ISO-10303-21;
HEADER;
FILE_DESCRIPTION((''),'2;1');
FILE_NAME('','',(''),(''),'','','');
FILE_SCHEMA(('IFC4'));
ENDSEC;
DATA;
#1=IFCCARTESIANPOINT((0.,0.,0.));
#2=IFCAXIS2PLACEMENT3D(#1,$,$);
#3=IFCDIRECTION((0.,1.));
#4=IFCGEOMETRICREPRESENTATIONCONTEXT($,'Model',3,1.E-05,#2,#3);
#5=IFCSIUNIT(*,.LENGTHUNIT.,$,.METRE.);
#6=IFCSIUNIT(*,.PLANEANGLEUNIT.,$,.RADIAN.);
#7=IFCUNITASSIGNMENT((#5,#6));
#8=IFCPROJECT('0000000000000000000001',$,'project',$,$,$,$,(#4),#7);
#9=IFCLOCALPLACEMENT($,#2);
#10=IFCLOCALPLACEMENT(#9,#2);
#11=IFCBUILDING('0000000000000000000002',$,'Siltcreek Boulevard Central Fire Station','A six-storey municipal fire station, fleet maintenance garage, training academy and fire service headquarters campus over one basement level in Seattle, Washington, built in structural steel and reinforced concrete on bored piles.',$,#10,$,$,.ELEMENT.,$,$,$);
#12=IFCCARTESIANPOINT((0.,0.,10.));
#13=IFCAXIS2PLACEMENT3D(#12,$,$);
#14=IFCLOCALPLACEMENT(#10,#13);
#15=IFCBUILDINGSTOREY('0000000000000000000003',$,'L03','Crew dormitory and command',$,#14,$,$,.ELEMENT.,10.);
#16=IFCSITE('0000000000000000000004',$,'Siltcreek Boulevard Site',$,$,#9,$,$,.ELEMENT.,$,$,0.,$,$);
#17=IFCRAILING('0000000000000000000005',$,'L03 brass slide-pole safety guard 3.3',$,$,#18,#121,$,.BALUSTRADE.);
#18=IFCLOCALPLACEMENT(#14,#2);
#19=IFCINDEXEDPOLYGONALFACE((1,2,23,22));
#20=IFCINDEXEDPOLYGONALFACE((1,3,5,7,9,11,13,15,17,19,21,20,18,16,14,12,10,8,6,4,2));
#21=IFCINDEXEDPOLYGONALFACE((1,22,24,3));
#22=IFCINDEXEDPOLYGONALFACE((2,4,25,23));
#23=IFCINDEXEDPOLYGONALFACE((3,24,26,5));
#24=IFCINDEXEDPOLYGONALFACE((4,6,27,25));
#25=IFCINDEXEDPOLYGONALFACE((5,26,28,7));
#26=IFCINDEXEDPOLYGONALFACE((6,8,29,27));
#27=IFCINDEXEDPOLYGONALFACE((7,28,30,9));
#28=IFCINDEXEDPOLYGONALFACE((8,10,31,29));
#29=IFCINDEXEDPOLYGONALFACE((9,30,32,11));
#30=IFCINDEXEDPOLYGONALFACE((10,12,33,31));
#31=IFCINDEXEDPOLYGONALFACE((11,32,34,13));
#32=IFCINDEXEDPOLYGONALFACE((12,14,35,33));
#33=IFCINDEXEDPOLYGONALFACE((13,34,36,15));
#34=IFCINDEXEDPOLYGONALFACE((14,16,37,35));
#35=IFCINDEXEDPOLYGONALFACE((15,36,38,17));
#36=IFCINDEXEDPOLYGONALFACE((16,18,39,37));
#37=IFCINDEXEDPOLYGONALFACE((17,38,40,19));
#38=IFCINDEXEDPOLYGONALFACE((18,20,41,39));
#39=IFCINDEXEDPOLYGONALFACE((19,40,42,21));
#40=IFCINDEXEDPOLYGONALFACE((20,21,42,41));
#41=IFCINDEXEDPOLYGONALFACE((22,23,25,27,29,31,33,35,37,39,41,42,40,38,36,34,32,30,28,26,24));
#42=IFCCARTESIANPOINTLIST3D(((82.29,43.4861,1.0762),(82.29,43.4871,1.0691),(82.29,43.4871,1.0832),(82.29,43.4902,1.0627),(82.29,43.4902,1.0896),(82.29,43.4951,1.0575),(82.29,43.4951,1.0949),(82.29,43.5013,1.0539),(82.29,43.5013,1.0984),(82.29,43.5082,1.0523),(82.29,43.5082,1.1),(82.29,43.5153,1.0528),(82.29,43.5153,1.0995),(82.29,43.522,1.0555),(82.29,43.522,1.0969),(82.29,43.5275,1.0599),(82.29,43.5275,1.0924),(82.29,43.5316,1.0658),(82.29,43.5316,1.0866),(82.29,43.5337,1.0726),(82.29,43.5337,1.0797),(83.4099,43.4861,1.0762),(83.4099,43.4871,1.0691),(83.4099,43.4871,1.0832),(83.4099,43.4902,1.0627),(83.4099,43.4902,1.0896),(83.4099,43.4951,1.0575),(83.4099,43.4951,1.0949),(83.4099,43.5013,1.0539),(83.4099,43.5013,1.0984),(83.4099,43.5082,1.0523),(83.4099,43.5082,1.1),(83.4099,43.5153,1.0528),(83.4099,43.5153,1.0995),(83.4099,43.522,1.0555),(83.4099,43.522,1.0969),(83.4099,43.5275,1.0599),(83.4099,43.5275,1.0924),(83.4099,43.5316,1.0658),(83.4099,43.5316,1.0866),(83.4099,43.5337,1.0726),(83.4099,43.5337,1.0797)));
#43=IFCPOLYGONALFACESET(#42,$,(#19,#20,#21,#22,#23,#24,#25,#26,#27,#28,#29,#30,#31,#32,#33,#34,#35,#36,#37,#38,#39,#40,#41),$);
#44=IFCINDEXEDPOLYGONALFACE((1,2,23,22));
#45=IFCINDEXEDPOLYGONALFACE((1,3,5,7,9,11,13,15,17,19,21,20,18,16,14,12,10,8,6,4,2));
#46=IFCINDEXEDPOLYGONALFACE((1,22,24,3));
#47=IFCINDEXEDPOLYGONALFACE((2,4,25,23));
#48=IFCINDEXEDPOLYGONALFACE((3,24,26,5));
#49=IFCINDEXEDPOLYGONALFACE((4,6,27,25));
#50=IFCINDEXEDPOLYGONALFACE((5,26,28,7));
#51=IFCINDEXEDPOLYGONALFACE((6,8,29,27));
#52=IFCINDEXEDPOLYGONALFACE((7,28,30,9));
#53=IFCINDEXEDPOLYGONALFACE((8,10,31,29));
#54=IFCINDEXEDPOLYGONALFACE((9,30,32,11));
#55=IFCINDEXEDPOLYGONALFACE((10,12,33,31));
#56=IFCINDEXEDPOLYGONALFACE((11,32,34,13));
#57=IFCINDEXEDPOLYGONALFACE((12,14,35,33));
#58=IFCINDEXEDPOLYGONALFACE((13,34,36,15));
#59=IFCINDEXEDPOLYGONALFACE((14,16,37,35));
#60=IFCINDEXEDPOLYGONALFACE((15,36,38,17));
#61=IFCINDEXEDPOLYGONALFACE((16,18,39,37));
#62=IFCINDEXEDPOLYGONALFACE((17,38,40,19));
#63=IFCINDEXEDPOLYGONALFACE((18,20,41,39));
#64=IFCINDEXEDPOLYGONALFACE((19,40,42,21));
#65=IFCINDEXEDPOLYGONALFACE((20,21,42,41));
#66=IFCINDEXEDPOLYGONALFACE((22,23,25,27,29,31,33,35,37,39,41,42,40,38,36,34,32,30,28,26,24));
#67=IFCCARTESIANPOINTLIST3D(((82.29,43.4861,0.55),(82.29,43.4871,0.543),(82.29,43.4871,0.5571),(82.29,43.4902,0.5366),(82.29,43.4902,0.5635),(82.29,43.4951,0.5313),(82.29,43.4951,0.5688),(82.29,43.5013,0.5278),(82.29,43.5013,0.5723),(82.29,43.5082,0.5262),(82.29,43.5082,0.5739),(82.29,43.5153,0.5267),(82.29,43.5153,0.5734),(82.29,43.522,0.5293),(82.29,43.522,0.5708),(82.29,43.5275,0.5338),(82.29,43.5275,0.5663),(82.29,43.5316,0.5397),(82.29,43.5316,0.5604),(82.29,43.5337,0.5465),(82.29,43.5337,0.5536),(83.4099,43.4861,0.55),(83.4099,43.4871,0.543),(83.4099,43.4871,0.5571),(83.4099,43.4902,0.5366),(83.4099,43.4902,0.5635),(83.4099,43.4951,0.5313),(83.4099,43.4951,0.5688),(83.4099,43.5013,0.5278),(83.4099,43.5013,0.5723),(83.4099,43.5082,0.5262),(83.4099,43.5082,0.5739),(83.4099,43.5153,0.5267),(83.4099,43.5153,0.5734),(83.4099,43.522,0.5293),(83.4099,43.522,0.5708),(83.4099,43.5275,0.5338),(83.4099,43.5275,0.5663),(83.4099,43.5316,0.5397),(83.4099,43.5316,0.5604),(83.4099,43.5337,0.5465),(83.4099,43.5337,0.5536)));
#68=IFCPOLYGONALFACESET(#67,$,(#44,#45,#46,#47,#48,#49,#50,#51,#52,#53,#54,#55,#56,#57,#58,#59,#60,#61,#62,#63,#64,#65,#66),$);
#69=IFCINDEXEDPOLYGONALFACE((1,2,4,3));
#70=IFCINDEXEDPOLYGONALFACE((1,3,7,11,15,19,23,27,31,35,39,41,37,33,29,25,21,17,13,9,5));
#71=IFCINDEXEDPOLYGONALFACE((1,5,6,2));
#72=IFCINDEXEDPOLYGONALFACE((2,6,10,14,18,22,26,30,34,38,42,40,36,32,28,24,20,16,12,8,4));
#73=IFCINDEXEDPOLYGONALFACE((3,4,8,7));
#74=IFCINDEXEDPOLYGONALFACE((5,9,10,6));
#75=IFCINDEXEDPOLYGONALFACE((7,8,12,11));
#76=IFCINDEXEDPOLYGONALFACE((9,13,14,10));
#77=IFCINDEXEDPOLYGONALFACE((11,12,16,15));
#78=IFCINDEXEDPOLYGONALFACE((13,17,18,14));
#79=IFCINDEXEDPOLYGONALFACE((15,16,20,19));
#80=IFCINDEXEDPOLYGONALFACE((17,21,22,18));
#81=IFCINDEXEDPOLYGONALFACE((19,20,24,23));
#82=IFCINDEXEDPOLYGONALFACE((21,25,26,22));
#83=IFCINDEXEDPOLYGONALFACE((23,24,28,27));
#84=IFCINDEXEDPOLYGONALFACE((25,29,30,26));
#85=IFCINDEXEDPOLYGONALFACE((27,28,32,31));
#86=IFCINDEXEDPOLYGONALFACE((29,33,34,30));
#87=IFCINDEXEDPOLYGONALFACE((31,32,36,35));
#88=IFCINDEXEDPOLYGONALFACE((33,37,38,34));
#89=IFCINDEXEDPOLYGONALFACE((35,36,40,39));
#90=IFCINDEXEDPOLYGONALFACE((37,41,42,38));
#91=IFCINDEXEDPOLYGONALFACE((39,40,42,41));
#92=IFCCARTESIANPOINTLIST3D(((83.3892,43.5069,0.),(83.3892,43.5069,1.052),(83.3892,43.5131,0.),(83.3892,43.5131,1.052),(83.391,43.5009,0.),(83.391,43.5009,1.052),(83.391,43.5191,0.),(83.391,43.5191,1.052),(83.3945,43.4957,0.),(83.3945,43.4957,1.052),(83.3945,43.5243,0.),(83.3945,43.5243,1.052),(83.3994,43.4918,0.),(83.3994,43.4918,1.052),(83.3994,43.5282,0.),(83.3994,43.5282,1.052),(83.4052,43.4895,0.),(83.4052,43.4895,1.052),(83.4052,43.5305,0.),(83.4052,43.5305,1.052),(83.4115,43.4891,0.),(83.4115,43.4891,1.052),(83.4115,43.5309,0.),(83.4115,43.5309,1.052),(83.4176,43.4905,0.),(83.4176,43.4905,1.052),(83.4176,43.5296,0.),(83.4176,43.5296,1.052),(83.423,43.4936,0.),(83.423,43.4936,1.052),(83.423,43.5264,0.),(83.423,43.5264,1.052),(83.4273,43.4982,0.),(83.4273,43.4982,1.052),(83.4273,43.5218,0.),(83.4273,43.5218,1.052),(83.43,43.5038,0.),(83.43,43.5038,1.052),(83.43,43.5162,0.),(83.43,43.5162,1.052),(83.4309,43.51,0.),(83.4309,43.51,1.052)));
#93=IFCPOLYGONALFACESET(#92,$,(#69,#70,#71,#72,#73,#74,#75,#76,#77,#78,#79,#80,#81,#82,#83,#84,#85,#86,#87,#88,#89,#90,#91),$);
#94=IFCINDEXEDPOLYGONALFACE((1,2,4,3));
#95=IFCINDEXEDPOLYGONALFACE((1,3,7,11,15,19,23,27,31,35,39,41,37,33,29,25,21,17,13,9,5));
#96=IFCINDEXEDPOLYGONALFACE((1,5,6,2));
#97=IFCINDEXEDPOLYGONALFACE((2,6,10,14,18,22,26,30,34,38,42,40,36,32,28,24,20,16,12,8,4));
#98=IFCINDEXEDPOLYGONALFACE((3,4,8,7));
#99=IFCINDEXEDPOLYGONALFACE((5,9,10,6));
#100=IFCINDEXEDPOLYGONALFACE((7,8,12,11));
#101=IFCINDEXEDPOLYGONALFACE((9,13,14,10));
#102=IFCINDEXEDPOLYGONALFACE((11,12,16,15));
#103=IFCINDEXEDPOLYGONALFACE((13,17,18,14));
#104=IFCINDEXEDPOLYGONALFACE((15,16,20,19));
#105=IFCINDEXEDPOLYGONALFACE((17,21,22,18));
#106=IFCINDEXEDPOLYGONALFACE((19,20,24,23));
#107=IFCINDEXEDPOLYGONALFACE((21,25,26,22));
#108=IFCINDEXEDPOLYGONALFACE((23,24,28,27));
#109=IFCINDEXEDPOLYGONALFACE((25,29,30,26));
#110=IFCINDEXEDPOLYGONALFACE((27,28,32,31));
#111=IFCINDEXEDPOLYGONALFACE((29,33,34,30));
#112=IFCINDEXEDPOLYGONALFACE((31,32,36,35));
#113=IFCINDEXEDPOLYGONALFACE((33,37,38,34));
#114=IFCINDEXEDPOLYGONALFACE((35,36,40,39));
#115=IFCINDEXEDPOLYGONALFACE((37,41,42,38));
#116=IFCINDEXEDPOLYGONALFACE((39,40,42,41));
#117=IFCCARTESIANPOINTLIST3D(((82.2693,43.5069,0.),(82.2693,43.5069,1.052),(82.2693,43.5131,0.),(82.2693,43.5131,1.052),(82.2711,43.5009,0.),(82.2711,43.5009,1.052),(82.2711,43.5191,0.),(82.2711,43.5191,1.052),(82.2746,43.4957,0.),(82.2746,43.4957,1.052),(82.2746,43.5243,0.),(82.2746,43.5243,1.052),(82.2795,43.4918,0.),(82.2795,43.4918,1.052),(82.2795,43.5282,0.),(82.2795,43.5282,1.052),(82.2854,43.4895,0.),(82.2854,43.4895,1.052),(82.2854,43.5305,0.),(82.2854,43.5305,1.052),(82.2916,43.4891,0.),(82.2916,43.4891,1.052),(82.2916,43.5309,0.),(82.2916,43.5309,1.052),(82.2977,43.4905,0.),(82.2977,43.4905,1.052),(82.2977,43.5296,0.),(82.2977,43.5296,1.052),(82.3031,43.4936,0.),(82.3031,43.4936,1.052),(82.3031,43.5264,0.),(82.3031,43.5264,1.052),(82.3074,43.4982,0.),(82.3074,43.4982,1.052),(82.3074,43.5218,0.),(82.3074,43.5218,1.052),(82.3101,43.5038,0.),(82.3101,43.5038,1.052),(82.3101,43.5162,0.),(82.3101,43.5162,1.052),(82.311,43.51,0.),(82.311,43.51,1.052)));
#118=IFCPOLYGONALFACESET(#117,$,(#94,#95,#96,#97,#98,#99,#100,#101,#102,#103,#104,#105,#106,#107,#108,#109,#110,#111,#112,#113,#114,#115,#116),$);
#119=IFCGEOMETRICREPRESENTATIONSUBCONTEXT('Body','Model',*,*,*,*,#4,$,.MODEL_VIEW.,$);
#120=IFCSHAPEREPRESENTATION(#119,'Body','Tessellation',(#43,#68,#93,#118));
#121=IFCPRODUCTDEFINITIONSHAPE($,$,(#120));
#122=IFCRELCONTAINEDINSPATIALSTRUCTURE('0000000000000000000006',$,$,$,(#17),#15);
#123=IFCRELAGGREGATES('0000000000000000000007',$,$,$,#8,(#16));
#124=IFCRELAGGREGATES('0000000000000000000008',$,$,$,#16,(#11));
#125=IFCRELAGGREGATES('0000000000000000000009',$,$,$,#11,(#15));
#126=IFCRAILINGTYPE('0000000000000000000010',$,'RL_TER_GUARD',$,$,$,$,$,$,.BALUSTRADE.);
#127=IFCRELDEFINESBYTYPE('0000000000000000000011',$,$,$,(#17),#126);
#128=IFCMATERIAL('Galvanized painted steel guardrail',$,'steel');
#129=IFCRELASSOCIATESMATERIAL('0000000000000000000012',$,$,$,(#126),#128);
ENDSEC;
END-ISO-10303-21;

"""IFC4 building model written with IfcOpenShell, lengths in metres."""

from ifc_helpers import new_model, si_unit, direction, frame, origin, origin_2d, place, context, subcontext, project, spatial, circle, extrude, material, type_object, element, save


model = new_model("IFC4")

# Units and contexts
model_context = context("Model", 3, precision=1e-05, world=origin(), true_north=direction((0.0, 1.0)))
body_context = subcontext(model_context, "Body", "Model", "MODEL_VIEW")
ifc_project = project(units=[si_unit("LENGTHUNIT", "METRE"), si_unit("PLANEANGLEUNIT", "RADIAN")], contexts=[model_context])

# Site, building, storey
site_placement = place(None, origin())
site = spatial("IfcSite", under=ifc_project, at=site_placement, Name="Siltcreek Boulevard Site", CompositionType="ELEMENT", RefElevation=0.0)
building_placement = place(site_placement, origin())
building = spatial("IfcBuilding", under=site, at=building_placement, Name="Siltcreek Boulevard Central Fire Station", Description="A six-storey municipal fire station, fleet maintenance garage, training academy and fire service headquarters campus over one basement level in Seattle, Washington, built in structural steel and reinforced concrete on bored piles.", CompositionType="ELEMENT")
storey_placement = place(building_placement, frame((0.0, 0.0, 10.0)))
storey = spatial("IfcBuildingStorey", under=building, at=storey_placement, Name="L03", Description="Crew dormitory and command", CompositionType="ELEMENT", Elevation=10.0)

# Railing
ifc_material_1 = material(Name="Galvanized painted steel guardrail", Category="steel")
railing_type = type_object("IfcRailingType", Name="RL_TER_GUARD", PredefinedType="BALUSTRADE", material=ifc_material_1)
railing_1_placement = place(storey_placement, frame((83.4099, 43.51, 0.0)))
element("IfcRailing", 1, at=railing_1_placement, inside=storey, type_object=railing_type, Name="L03 brass slide-pole safety guard 3.3", PredefinedType="BALUSTRADE", context=body_context, shape_type="SweptSolid", body=[
    extrude(circle(Radius=0.0239, at=origin_2d()), frame((0.0, 0.0, 1.0762), z_axis=(-1.0, 0.0, 0.0), x_axis=(0.0, -1.0, 0.0)), (0.0, 0.0, 1.0), 1.1199),
    extrude(circle(Radius=0.0239, at=origin_2d()), frame((0.0, 0.0, 0.55), z_axis=(-1.0, 0.0, 0.0), x_axis=(0.0, -1.0, 0.0)), (0.0, 0.0, 1.0), 1.1199),
    extrude(circle(Radius=0.021, at=origin_2d()), origin(), (0.0, 0.0, 1.0), 1.052),
    extrude(circle(Radius=0.021, at=origin_2d()), frame((-1.1199, 0.0, 0.0)), (0.0, 0.0, 1.0), 1.052),
])

save(model, "model.ifc")
